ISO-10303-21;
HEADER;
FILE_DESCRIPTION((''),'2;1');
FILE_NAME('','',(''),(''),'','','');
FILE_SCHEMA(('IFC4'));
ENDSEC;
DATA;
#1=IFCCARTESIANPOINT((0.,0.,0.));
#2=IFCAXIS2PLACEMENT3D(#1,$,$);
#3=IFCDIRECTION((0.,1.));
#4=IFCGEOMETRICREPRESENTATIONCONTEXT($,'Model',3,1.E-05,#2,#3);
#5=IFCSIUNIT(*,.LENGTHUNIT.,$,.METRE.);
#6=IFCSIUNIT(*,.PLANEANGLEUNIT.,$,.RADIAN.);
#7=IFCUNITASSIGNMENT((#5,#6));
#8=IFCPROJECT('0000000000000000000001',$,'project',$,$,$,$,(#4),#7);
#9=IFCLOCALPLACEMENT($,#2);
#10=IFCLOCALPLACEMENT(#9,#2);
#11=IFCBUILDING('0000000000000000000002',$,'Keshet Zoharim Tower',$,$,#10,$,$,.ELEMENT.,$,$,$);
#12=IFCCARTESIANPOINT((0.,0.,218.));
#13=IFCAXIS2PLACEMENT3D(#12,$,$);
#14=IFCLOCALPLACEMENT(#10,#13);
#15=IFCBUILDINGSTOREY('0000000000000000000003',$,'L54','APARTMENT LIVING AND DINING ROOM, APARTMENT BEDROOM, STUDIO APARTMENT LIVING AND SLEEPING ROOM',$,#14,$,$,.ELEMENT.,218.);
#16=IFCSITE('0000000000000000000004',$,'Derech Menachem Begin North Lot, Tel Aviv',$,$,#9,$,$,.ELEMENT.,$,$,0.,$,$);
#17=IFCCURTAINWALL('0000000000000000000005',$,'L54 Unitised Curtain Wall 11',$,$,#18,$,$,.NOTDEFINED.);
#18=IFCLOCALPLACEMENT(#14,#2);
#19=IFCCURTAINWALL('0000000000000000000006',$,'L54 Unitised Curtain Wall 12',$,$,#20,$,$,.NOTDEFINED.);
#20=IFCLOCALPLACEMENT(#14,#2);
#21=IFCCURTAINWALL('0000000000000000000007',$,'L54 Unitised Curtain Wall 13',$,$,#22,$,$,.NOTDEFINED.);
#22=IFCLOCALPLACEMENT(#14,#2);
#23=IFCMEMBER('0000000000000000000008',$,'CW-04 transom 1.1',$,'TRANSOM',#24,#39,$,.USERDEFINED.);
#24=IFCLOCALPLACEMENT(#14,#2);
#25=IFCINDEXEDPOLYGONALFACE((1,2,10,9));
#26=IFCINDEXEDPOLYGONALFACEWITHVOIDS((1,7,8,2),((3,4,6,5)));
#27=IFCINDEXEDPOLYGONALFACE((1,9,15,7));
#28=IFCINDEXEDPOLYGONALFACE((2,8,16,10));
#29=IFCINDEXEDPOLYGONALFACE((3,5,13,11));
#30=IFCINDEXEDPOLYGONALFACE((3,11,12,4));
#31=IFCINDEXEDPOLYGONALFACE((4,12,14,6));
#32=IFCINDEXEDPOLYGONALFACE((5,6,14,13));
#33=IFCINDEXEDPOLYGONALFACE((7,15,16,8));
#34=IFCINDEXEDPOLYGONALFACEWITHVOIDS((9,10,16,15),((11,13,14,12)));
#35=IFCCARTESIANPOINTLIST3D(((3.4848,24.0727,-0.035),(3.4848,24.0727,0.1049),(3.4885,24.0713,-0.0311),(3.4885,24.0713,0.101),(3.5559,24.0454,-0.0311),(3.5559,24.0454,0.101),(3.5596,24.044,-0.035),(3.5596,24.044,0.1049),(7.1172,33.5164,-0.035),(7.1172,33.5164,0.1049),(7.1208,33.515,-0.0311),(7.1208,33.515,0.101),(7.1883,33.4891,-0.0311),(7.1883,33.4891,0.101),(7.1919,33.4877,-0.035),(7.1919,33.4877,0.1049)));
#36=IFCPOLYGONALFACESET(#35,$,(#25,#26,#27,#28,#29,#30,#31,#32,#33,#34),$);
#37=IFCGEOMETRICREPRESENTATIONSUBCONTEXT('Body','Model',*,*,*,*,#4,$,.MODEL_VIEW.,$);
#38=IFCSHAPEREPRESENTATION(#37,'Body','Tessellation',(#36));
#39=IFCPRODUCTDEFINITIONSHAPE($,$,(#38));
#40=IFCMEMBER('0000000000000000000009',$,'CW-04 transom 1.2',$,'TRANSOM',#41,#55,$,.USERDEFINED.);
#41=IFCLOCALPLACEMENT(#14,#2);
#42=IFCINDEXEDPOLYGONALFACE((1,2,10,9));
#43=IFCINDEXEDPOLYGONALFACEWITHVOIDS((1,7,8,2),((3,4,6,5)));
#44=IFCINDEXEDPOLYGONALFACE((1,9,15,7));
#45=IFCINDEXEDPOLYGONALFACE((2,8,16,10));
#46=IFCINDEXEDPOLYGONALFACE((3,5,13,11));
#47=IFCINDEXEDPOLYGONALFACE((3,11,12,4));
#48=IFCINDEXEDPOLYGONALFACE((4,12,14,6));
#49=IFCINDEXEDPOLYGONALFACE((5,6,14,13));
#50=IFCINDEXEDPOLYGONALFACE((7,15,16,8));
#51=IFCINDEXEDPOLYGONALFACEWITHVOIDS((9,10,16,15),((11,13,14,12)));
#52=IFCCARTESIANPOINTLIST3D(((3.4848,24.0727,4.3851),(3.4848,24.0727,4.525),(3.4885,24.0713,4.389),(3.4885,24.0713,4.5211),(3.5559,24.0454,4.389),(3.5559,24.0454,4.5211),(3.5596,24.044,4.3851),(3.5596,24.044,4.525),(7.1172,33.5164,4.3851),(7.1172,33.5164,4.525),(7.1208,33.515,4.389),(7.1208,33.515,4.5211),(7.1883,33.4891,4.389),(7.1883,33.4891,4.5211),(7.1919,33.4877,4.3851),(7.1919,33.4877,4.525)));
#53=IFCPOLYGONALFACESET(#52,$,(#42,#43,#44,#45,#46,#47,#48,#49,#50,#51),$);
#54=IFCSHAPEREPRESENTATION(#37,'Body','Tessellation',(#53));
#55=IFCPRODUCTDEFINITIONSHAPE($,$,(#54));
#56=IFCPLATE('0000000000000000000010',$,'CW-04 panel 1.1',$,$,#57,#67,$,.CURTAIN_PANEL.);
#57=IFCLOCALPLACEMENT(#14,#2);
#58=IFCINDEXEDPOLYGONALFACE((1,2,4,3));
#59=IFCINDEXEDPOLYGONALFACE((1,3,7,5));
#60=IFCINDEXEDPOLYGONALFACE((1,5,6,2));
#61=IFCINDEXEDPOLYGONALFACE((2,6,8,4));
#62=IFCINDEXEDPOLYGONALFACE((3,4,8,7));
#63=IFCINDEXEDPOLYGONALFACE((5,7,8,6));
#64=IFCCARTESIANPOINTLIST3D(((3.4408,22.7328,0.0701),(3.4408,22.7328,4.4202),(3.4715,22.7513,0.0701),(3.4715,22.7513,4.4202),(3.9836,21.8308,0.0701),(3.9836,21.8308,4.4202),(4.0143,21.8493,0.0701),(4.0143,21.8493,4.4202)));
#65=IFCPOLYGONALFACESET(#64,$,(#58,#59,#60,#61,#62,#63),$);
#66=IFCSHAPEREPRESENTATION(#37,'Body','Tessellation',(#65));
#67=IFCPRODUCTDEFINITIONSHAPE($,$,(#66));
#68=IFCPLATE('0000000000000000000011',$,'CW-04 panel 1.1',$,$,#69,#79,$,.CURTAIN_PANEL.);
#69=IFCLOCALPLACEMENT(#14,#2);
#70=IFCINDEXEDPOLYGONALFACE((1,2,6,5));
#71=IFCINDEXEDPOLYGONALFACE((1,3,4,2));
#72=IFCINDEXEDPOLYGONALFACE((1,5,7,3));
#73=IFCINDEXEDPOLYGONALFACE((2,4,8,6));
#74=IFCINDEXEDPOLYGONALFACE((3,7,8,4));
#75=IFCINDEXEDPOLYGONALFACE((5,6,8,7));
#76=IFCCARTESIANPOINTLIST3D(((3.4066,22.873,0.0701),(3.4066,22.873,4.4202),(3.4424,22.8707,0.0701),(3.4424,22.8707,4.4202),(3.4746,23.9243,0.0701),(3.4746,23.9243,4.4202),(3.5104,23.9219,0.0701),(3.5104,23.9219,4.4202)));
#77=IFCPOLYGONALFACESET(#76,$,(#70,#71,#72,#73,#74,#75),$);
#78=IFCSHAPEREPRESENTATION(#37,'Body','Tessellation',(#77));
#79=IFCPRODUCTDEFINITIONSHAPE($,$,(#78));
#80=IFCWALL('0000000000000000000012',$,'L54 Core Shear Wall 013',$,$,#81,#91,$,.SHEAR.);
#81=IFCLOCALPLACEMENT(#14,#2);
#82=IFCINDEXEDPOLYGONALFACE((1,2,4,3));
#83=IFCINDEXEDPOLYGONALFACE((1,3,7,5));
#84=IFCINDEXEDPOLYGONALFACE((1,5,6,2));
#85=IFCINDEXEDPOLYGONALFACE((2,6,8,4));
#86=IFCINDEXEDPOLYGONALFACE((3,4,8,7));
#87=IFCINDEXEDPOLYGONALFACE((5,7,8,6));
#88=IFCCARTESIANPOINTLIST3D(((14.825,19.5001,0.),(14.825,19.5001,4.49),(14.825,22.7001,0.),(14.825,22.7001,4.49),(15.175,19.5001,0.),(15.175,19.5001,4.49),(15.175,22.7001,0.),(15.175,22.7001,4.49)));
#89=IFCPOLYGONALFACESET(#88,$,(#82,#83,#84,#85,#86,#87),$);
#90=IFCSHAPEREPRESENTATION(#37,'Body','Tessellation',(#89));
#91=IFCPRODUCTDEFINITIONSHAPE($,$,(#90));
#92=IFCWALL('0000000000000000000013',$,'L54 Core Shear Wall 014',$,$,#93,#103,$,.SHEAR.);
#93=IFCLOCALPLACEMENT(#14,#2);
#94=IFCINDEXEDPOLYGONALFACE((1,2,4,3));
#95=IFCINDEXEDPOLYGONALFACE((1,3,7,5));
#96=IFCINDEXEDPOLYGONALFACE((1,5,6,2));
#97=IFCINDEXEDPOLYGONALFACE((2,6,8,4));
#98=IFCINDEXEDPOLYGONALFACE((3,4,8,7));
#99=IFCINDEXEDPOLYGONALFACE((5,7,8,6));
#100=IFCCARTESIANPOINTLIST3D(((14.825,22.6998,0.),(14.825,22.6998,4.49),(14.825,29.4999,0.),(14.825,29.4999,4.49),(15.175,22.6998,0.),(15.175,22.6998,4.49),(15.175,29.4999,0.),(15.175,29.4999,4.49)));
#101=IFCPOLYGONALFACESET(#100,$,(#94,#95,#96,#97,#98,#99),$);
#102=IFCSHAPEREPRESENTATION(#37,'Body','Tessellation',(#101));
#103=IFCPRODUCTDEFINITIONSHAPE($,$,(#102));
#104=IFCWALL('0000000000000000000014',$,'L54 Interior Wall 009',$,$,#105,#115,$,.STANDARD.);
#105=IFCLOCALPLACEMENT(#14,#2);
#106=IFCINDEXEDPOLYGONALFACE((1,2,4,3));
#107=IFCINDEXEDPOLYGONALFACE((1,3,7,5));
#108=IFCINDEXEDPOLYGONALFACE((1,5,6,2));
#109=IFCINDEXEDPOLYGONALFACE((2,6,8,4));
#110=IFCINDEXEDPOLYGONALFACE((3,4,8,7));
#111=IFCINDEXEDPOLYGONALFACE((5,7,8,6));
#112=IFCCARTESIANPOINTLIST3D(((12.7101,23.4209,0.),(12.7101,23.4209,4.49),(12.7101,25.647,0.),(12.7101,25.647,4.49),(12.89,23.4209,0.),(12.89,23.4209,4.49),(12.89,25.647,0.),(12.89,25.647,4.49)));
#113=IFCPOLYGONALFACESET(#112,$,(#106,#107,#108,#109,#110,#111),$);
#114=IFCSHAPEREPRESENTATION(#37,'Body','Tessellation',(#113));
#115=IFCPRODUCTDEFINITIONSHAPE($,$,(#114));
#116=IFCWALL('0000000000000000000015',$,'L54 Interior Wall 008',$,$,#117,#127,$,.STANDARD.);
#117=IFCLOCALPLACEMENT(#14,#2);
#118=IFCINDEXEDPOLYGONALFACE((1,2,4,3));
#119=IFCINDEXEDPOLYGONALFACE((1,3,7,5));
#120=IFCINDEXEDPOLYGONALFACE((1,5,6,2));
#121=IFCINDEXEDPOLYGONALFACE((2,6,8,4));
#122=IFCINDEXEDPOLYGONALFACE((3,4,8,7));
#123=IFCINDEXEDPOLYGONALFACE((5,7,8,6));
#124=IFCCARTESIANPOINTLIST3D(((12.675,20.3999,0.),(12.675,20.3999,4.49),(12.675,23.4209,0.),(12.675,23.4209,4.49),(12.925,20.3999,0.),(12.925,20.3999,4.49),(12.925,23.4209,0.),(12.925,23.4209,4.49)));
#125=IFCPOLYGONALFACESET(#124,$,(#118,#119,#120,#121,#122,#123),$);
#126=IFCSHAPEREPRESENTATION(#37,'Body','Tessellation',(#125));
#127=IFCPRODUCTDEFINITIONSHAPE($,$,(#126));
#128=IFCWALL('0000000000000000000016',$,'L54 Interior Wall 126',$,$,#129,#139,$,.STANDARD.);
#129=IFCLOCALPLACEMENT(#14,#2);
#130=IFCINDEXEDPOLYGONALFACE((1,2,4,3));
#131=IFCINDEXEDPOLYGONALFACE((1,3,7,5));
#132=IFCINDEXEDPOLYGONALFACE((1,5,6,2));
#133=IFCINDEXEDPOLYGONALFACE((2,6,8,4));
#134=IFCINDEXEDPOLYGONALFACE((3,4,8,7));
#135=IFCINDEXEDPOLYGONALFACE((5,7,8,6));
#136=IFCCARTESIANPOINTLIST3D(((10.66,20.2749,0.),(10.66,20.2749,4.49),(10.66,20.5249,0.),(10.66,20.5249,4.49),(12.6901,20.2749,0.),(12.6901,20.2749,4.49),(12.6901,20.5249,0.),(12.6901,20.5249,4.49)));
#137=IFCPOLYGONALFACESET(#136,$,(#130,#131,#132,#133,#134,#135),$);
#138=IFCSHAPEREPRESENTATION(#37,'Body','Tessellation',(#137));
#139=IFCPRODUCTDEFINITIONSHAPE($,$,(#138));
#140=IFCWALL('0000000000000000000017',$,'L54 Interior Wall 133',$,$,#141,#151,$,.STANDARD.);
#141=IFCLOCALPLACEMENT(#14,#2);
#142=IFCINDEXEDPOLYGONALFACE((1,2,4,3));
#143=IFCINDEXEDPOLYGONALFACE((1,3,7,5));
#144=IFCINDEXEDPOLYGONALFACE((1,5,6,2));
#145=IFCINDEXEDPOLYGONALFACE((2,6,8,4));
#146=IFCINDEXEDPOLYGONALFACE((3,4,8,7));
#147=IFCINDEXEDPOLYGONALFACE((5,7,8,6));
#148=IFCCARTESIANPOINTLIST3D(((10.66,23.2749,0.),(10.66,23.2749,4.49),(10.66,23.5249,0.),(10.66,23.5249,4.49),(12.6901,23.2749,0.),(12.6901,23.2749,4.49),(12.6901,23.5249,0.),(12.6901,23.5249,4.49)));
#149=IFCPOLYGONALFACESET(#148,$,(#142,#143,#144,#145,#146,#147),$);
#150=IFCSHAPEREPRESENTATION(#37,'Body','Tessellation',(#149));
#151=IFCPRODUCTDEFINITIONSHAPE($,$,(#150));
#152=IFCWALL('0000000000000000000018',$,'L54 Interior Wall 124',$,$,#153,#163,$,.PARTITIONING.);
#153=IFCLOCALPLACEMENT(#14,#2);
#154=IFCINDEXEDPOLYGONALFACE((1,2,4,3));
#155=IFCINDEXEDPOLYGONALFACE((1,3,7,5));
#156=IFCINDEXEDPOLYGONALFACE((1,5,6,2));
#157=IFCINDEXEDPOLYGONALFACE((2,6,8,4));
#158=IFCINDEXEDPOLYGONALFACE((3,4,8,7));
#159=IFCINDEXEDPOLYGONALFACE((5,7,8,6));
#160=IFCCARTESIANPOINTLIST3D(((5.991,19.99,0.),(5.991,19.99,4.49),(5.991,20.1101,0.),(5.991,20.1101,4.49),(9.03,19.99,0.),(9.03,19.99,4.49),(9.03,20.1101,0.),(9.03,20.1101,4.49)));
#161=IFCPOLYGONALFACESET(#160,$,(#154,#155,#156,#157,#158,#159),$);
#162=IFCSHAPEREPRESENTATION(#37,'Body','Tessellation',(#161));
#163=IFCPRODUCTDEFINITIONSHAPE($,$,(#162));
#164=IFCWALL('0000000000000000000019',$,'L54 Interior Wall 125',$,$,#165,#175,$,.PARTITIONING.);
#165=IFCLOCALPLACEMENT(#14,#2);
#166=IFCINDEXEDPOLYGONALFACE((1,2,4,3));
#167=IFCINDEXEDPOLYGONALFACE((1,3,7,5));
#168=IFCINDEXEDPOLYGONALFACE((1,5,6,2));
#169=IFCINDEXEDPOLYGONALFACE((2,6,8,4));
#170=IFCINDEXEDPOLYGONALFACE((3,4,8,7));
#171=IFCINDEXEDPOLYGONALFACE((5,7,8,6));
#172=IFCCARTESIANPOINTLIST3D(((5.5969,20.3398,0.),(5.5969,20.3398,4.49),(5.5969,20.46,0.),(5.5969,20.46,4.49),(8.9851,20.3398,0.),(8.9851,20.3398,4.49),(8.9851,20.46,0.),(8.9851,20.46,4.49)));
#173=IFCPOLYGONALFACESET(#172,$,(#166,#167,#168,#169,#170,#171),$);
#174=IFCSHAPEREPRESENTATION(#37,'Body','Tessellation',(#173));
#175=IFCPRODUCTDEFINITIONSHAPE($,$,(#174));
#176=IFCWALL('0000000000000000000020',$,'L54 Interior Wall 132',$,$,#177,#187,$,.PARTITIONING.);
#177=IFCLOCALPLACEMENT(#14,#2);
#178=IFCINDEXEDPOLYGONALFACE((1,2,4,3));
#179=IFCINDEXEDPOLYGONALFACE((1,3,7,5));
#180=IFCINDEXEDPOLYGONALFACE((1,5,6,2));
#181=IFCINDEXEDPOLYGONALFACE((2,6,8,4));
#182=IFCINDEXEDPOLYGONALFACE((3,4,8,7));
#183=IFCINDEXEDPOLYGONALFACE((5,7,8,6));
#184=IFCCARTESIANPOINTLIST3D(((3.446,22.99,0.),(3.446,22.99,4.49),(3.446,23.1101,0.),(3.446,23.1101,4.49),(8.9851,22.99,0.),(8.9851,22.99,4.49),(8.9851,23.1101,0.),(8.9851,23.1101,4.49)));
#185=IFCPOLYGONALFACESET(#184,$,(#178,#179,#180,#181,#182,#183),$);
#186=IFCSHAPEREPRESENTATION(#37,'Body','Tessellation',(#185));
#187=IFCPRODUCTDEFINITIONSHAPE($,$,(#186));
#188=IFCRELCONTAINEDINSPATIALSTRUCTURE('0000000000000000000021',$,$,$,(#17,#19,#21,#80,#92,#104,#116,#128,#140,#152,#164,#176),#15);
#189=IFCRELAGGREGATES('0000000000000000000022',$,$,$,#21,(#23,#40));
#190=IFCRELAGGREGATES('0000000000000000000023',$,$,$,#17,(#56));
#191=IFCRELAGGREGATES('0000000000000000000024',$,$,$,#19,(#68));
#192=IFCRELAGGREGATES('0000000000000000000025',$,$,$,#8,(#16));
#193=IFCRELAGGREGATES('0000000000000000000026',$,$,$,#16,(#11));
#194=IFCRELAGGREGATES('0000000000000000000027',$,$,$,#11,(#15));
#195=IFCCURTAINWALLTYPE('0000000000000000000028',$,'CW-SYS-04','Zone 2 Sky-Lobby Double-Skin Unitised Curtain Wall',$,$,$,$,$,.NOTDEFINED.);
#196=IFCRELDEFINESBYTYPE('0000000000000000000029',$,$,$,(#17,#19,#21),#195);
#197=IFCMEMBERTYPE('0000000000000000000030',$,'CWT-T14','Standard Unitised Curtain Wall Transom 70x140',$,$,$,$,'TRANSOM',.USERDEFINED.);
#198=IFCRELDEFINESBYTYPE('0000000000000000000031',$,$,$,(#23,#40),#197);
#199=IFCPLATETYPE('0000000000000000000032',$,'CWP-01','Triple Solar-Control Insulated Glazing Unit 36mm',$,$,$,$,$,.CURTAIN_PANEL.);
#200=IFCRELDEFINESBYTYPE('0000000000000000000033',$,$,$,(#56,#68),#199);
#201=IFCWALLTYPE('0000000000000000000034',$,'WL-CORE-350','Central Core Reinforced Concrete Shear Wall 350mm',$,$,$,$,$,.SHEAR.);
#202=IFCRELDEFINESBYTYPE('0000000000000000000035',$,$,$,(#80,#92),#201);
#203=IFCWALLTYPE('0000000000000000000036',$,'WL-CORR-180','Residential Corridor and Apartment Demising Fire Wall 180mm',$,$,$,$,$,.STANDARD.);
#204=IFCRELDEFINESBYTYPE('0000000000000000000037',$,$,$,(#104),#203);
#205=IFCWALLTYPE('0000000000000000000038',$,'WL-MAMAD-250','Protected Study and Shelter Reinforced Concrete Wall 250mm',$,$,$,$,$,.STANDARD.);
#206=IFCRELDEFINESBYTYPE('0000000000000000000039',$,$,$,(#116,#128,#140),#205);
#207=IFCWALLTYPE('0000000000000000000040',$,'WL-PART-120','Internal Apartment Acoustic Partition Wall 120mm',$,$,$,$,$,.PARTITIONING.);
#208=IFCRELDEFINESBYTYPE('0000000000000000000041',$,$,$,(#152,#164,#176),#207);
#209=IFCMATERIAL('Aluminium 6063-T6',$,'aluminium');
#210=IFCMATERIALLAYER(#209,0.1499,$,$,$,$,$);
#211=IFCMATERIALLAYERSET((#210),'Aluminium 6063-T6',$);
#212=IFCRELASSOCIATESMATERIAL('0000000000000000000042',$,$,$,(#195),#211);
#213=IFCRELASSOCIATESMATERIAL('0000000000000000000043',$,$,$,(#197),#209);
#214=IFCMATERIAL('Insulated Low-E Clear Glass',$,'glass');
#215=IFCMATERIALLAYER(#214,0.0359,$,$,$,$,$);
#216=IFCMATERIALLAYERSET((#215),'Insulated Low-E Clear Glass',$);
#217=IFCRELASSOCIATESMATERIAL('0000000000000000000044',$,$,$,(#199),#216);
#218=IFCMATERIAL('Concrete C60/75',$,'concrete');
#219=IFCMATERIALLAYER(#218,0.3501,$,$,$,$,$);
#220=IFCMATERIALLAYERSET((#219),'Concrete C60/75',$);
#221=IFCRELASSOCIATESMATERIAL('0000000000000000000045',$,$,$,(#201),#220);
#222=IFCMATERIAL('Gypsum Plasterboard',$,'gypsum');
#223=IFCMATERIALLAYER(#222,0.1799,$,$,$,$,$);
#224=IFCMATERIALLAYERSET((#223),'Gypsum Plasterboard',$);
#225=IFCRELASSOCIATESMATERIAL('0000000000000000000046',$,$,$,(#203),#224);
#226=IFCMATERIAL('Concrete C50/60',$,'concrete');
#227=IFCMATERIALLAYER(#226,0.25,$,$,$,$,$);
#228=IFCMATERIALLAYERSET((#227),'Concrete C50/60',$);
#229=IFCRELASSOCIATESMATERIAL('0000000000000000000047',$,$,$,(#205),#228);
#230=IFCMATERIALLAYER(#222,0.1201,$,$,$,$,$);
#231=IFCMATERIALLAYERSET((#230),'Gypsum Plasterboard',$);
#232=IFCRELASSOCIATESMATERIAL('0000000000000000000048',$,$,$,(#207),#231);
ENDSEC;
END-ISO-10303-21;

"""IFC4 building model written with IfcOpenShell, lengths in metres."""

from ifc_helpers import new_model, si_unit, direction, frame, frame_2d, origin, origin_2d, place, context, subcontext, project, spatial, rectangle, hollow_rectangle, extrude, material, layer, layer_set, material_profile, profile_set, type_object, element, aggregate, save


model = new_model("IFC4")

# Units and contexts
model_context = context("Model", 3, precision=1e-05, world=origin(), true_north=direction((0.0, 1.0)))
body_context = subcontext(model_context, "Body", "Model", "MODEL_VIEW")
ifc_project = project(units=[si_unit("LENGTHUNIT", "METRE"), si_unit("PLANEANGLEUNIT", "RADIAN")], contexts=[model_context])

# Site, building, storey
site_placement = place(None, origin())
site = spatial("IfcSite", under=ifc_project, at=site_placement, Name="Derech Menachem Begin North Lot, Tel Aviv", CompositionType="ELEMENT", RefElevation=0.0)
building_placement = place(site_placement, origin())
building = spatial("IfcBuilding", under=site, at=building_placement, Name="Keshet Zoharim Tower", CompositionType="ELEMENT")
storey_placement = place(building_placement, frame((0.0, 0.0, 218.0)))
storey = spatial("IfcBuildingStorey", under=building, at=storey_placement, Name="L54", Description="APARTMENT LIVING AND DINING ROOM, APARTMENT BEDROOM, STUDIO APARTMENT LIVING AND SLEEPING ROOM", CompositionType="ELEMENT", Elevation=218.0)

# Shared definitions
ifc_material_1 = material(Name="Concrete C50/60", Category="concrete")

# Shared definitions
ifc_material_2 = material(Name="Aluminium 6063-T6", Category="aluminium")
ifc_layer_1 = layer(ifc_material_2, 0.1499)
ifc_layer_set_1 = layer_set([ifc_layer_1], Name="Aluminium 6063-T6")
curtain_wall_type = type_object("IfcCurtainWallType", Name="CW-SYS-04", Description="Zone 2 Sky-Lobby Double-Skin Unitised Curtain Wall", PredefinedType="NOTDEFINED", material=ifc_layer_set_1)

# Curtain walls
curtain_wall_1_placement = place(storey_placement, origin())
curtain_wall_1 = element("IfcCurtainWall", 1, at=curtain_wall_1_placement, inside=storey, type_object=curtain_wall_type, Name="L54 Unitised Curtain Wall 11", PredefinedType="NOTDEFINED")
curtain_wall_2_placement = place(storey_placement, origin())
curtain_wall_2 = element("IfcCurtainWall", 2, at=curtain_wall_2_placement, inside=storey, type_object=curtain_wall_type, Name="L54 Unitised Curtain Wall 12", PredefinedType="NOTDEFINED")

# Curtain wall
curtain_wall_3_placement = place(storey_placement, origin())
curtain_wall_3 = element("IfcCurtainWall", 3, at=curtain_wall_3_placement, inside=storey, type_object=curtain_wall_type, Name="L54 Unitised Curtain Wall 13", PredefinedType="NOTDEFINED")

# Members
ifc_material_profile_1 = material_profile(ifc_material_2, hollow_rectangle(XDim=0.0801, YDim=0.1399, WallThickness=0.0039, at=origin_2d()), Name="TRN-80x140")
ifc_profile_set_1 = profile_set([ifc_material_profile_1], Name="Aluminium 6063-T6")
member_type_1 = type_object("IfcMemberType", Name="CWT-T14", Description="Standard Unitised Curtain Wall Transom 70x140", ElementType="TRANSOM", PredefinedType="USERDEFINED", material=ifc_profile_set_1)
member_1_placement = place(storey_placement, frame((3.5222, 24.0583, 0.0349), z_axis=(0.358994, 0.93334, 0.0), x_axis=(-0.93334, 0.358994, 0.0)))
member_1 = element("IfcMember", 4, at=member_1_placement, type_object=member_type_1, Name="CW-04 transom 1.1", ObjectType="TRANSOM", PredefinedType="USERDEFINED", context=body_context, shape_type="SweptSolid", body=[
    extrude(hollow_rectangle(XDim=0.0801, YDim=0.1399, WallThickness=0.0039, at=origin_2d()), origin(), (0.0, 0.0, 1.0), 10.1182),
])
member_2_placement = place(storey_placement, frame((3.5222, 24.0583, 4.4551), z_axis=(0.358994, 0.93334, 0.0), x_axis=(-0.93334, 0.358994, 0.0)))
member_2 = element("IfcMember", 5, at=member_2_placement, type_object=member_type_1, Name="CW-04 transom 1.2", ObjectType="TRANSOM", PredefinedType="USERDEFINED", context=body_context, shape_type="SweptSolid", body=[
    extrude(hollow_rectangle(XDim=0.0801, YDim=0.1399, WallThickness=0.0039, at=origin_2d()), origin(), (0.0, 0.0, 1.0), 10.1182),
])
aggregate(curtain_wall_3, [member_1, member_2])

# Plates
ifc_material_3 = material(Name="Insulated Low-E Clear Glass", Category="glass")
ifc_layer_2 = layer(ifc_material_3, 0.0359)
ifc_layer_set_2 = layer_set([ifc_layer_2], Name="Insulated Low-E Clear Glass")
plate_type = type_object("IfcPlateType", Name="CWP-01", Description="Triple Solar-Control Insulated Glazing Unit 36mm", PredefinedType="CURTAIN_PANEL", material=ifc_layer_set_2)
plate_1_placement = place(storey_placement, frame((3.7275, 22.291, 0.0701), z_axis=(0.0, 0.0, 1.0), x_axis=(-0.515605, 0.856826, 0.0)))
plate_1 = element("IfcPlate", 6, at=plate_1_placement, type_object=plate_type, Name="CW-04 panel 1.1", PredefinedType="CURTAIN_PANEL", context=body_context, shape_type="SweptSolid", body=[
    extrude(rectangle(XDim=1.0527, YDim=0.0359, at=origin_2d()), origin(), (0.0, 0.0, 1.0), 4.3501),
])
aggregate(curtain_wall_1, [plate_1])
plate_2_placement = place(storey_placement, frame((3.4585, 23.3975, 0.0701), z_axis=(0.0, 0.0, 1.0), x_axis=(0.064517, 0.997917, 0.0)))
plate_2 = element("IfcPlate", 7, at=plate_2_placement, type_object=plate_type, Name="CW-04 panel 1.1", PredefinedType="CURTAIN_PANEL", context=body_context, shape_type="SweptSolid", body=[
    extrude(rectangle(XDim=1.0535, YDim=0.0359, at=origin_2d()), origin(), (0.0, 0.0, 1.0), 4.3501),
])
aggregate(curtain_wall_2, [plate_2])

# Walls
ifc_material_4 = material(Name="Concrete C60/75", Category="concrete")
ifc_layer_3 = layer(ifc_material_4, 0.3501)
ifc_layer_set_3 = layer_set([ifc_layer_3], Name="Concrete C60/75")
wall_type_1 = type_object("IfcWallType", Name="WL-CORE-350", Description="Central Core Reinforced Concrete Shear Wall 350mm", PredefinedType="SHEAR", material=ifc_layer_set_3)
wall_1_placement = place(storey_placement, frame((15.0, 19.5, 0.0), z_axis=(0.0, 0.0, 1.0), x_axis=(0.0, 1.0, 0.0)))
element("IfcWall", 8, at=wall_1_placement, inside=storey, type_object=wall_type_1, Name="L54 Core Shear Wall 013", PredefinedType="SHEAR", context=body_context, shape_type="SweptSolid", body=[
    extrude(rectangle(XDim=3.2, YDim=0.3501, at=frame_2d((1.6001, 0.0))), origin(), (0.0, 0.0, 1.0), 4.49),
])
wall_2_placement = place(storey_placement, frame((15.0, 22.7, 0.0), z_axis=(0.0, 0.0, 1.0), x_axis=(0.0, 1.0, 0.0)))
element("IfcWall", 9, at=wall_2_placement, inside=storey, type_object=wall_type_1, Name="L54 Core Shear Wall 014", PredefinedType="SHEAR", context=body_context, shape_type="SweptSolid", body=[
    extrude(rectangle(XDim=6.8, YDim=0.3501, at=frame_2d((3.3999, 0.0))), origin(), (0.0, 0.0, 1.0), 4.49),
])
ifc_material_5 = material(Name="Gypsum Plasterboard", Category="gypsum")
ifc_layer_4 = layer(ifc_material_5, 0.1799)
ifc_layer_set_4 = layer_set([ifc_layer_4], Name="Gypsum Plasterboard")
wall_type_2 = type_object("IfcWallType", Name="WL-CORR-180", Description="Residential Corridor and Apartment Demising Fire Wall 180mm", PredefinedType="STANDARD", material=ifc_layer_set_4)
wall_3_placement = place(storey_placement, frame((12.8, 23.4209, 0.0), z_axis=(0.0, 0.0, 1.0), x_axis=(0.0, 1.0, 0.0)))
element("IfcWall", 10, at=wall_3_placement, inside=storey, type_object=wall_type_2, Name="L54 Interior Wall 009", PredefinedType="STANDARD", context=body_context, shape_type="SweptSolid", body=[
    extrude(rectangle(XDim=2.2261, YDim=0.1799, at=frame_2d((1.113, 0.0))), origin(), (0.0, 0.0, 1.0), 4.49),
])

# Shared definitions
ifc_layer_5 = layer(ifc_material_1, 0.25)
ifc_layer_set_5 = layer_set([ifc_layer_5], Name="Concrete C50/60")
wall_type_3 = type_object("IfcWallType", Name="WL-MAMAD-250", Description="Protected Study and Shelter Reinforced Concrete Wall 250mm", PredefinedType="STANDARD", material=ifc_layer_set_5)

# Walls
wall_4_placement = place(storey_placement, frame((12.8, 20.3999, 0.0), z_axis=(0.0, 0.0, 1.0), x_axis=(0.0, 1.0, 0.0)))
element("IfcWall", 11, at=wall_4_placement, inside=storey, type_object=wall_type_3, Name="L54 Interior Wall 008", PredefinedType="STANDARD", context=body_context, shape_type="SweptSolid", body=[
    extrude(rectangle(XDim=3.021, YDim=0.25, at=frame_2d((1.5105, 0.0))), origin(), (0.0, 0.0, 1.0), 4.49),
])
for number, where, z_axis, x_axis, name in (
    (12, (10.6599, 20.3999, 0.0), (0.0, 0.0, 1.0), (1.0, 0.0, 0.0), "L54 Interior Wall 126"),
    (13, (10.6599, 23.3999, 0.0), (0.0, 0.0, 1.0), (1.0, 0.0, 0.0), "L54 Interior Wall 133"),
):
    element("IfcWall", number, at=place(storey_placement, frame(where, z_axis=z_axis, x_axis=x_axis)), inside=storey, type_object=wall_type_3, Name=name, PredefinedType="STANDARD", context=body_context, shape_type="SweptSolid", body=[
        extrude(rectangle(XDim=2.03, YDim=0.25, at=frame_2d((1.0151, 0.0))), origin(), (0.0, 0.0, 1.0), 4.49),
    ])

# Shared definitions
ifc_layer_6 = layer(ifc_material_5, 0.1201)
ifc_layer_set_6 = layer_set([ifc_layer_6], Name="Gypsum Plasterboard")
wall_type_4 = type_object("IfcWallType", Name="WL-PART-120", Description="Internal Apartment Acoustic Partition Wall 120mm", PredefinedType="PARTITIONING", material=ifc_layer_set_6)

# Walls
wall_5_placement = place(storey_placement, frame((5.991, 20.05, 0.0), z_axis=(0.0, 0.0, 1.0), x_axis=(1.0, 0.0, 0.0)))
element("IfcWall", 14, at=wall_5_placement, inside=storey, type_object=wall_type_4, Name="L54 Interior Wall 124", PredefinedType="PARTITIONING", context=body_context, shape_type="SweptSolid", body=[
    extrude(rectangle(XDim=3.0391, YDim=0.1201, at=frame_2d((1.5195, 0.0))), origin(), (0.0, 0.0, 1.0), 4.49),
])
wall_6_placement = place(storey_placement, frame((5.5969, 20.3999, 0.0), z_axis=(0.0, 0.0, 1.0), x_axis=(1.0, 0.0, 0.0)))
element("IfcWall", 15, at=wall_6_placement, inside=storey, type_object=wall_type_4, Name="L54 Interior Wall 125", PredefinedType="PARTITIONING", context=body_context, shape_type="SweptSolid", body=[
    extrude(rectangle(XDim=3.3882, YDim=0.1201, at=frame_2d((1.6941, 0.0))), origin(), (0.0, 0.0, 1.0), 4.49),
])
wall_7_placement = place(storey_placement, frame((3.446, 23.05, 0.0), z_axis=(0.0, 0.0, 1.0), x_axis=(1.0, 0.0, 0.0)))
element("IfcWall", 16, at=wall_7_placement, inside=storey, type_object=wall_type_4, Name="L54 Interior Wall 132", PredefinedType="PARTITIONING", context=body_context, shape_type="SweptSolid", body=[
    extrude(rectangle(XDim=5.5391, YDim=0.1201, at=frame_2d((2.7695, 0.0))), origin(), (0.0, 0.0, 1.0), 4.49),
])

save(model, "model.ifc")
